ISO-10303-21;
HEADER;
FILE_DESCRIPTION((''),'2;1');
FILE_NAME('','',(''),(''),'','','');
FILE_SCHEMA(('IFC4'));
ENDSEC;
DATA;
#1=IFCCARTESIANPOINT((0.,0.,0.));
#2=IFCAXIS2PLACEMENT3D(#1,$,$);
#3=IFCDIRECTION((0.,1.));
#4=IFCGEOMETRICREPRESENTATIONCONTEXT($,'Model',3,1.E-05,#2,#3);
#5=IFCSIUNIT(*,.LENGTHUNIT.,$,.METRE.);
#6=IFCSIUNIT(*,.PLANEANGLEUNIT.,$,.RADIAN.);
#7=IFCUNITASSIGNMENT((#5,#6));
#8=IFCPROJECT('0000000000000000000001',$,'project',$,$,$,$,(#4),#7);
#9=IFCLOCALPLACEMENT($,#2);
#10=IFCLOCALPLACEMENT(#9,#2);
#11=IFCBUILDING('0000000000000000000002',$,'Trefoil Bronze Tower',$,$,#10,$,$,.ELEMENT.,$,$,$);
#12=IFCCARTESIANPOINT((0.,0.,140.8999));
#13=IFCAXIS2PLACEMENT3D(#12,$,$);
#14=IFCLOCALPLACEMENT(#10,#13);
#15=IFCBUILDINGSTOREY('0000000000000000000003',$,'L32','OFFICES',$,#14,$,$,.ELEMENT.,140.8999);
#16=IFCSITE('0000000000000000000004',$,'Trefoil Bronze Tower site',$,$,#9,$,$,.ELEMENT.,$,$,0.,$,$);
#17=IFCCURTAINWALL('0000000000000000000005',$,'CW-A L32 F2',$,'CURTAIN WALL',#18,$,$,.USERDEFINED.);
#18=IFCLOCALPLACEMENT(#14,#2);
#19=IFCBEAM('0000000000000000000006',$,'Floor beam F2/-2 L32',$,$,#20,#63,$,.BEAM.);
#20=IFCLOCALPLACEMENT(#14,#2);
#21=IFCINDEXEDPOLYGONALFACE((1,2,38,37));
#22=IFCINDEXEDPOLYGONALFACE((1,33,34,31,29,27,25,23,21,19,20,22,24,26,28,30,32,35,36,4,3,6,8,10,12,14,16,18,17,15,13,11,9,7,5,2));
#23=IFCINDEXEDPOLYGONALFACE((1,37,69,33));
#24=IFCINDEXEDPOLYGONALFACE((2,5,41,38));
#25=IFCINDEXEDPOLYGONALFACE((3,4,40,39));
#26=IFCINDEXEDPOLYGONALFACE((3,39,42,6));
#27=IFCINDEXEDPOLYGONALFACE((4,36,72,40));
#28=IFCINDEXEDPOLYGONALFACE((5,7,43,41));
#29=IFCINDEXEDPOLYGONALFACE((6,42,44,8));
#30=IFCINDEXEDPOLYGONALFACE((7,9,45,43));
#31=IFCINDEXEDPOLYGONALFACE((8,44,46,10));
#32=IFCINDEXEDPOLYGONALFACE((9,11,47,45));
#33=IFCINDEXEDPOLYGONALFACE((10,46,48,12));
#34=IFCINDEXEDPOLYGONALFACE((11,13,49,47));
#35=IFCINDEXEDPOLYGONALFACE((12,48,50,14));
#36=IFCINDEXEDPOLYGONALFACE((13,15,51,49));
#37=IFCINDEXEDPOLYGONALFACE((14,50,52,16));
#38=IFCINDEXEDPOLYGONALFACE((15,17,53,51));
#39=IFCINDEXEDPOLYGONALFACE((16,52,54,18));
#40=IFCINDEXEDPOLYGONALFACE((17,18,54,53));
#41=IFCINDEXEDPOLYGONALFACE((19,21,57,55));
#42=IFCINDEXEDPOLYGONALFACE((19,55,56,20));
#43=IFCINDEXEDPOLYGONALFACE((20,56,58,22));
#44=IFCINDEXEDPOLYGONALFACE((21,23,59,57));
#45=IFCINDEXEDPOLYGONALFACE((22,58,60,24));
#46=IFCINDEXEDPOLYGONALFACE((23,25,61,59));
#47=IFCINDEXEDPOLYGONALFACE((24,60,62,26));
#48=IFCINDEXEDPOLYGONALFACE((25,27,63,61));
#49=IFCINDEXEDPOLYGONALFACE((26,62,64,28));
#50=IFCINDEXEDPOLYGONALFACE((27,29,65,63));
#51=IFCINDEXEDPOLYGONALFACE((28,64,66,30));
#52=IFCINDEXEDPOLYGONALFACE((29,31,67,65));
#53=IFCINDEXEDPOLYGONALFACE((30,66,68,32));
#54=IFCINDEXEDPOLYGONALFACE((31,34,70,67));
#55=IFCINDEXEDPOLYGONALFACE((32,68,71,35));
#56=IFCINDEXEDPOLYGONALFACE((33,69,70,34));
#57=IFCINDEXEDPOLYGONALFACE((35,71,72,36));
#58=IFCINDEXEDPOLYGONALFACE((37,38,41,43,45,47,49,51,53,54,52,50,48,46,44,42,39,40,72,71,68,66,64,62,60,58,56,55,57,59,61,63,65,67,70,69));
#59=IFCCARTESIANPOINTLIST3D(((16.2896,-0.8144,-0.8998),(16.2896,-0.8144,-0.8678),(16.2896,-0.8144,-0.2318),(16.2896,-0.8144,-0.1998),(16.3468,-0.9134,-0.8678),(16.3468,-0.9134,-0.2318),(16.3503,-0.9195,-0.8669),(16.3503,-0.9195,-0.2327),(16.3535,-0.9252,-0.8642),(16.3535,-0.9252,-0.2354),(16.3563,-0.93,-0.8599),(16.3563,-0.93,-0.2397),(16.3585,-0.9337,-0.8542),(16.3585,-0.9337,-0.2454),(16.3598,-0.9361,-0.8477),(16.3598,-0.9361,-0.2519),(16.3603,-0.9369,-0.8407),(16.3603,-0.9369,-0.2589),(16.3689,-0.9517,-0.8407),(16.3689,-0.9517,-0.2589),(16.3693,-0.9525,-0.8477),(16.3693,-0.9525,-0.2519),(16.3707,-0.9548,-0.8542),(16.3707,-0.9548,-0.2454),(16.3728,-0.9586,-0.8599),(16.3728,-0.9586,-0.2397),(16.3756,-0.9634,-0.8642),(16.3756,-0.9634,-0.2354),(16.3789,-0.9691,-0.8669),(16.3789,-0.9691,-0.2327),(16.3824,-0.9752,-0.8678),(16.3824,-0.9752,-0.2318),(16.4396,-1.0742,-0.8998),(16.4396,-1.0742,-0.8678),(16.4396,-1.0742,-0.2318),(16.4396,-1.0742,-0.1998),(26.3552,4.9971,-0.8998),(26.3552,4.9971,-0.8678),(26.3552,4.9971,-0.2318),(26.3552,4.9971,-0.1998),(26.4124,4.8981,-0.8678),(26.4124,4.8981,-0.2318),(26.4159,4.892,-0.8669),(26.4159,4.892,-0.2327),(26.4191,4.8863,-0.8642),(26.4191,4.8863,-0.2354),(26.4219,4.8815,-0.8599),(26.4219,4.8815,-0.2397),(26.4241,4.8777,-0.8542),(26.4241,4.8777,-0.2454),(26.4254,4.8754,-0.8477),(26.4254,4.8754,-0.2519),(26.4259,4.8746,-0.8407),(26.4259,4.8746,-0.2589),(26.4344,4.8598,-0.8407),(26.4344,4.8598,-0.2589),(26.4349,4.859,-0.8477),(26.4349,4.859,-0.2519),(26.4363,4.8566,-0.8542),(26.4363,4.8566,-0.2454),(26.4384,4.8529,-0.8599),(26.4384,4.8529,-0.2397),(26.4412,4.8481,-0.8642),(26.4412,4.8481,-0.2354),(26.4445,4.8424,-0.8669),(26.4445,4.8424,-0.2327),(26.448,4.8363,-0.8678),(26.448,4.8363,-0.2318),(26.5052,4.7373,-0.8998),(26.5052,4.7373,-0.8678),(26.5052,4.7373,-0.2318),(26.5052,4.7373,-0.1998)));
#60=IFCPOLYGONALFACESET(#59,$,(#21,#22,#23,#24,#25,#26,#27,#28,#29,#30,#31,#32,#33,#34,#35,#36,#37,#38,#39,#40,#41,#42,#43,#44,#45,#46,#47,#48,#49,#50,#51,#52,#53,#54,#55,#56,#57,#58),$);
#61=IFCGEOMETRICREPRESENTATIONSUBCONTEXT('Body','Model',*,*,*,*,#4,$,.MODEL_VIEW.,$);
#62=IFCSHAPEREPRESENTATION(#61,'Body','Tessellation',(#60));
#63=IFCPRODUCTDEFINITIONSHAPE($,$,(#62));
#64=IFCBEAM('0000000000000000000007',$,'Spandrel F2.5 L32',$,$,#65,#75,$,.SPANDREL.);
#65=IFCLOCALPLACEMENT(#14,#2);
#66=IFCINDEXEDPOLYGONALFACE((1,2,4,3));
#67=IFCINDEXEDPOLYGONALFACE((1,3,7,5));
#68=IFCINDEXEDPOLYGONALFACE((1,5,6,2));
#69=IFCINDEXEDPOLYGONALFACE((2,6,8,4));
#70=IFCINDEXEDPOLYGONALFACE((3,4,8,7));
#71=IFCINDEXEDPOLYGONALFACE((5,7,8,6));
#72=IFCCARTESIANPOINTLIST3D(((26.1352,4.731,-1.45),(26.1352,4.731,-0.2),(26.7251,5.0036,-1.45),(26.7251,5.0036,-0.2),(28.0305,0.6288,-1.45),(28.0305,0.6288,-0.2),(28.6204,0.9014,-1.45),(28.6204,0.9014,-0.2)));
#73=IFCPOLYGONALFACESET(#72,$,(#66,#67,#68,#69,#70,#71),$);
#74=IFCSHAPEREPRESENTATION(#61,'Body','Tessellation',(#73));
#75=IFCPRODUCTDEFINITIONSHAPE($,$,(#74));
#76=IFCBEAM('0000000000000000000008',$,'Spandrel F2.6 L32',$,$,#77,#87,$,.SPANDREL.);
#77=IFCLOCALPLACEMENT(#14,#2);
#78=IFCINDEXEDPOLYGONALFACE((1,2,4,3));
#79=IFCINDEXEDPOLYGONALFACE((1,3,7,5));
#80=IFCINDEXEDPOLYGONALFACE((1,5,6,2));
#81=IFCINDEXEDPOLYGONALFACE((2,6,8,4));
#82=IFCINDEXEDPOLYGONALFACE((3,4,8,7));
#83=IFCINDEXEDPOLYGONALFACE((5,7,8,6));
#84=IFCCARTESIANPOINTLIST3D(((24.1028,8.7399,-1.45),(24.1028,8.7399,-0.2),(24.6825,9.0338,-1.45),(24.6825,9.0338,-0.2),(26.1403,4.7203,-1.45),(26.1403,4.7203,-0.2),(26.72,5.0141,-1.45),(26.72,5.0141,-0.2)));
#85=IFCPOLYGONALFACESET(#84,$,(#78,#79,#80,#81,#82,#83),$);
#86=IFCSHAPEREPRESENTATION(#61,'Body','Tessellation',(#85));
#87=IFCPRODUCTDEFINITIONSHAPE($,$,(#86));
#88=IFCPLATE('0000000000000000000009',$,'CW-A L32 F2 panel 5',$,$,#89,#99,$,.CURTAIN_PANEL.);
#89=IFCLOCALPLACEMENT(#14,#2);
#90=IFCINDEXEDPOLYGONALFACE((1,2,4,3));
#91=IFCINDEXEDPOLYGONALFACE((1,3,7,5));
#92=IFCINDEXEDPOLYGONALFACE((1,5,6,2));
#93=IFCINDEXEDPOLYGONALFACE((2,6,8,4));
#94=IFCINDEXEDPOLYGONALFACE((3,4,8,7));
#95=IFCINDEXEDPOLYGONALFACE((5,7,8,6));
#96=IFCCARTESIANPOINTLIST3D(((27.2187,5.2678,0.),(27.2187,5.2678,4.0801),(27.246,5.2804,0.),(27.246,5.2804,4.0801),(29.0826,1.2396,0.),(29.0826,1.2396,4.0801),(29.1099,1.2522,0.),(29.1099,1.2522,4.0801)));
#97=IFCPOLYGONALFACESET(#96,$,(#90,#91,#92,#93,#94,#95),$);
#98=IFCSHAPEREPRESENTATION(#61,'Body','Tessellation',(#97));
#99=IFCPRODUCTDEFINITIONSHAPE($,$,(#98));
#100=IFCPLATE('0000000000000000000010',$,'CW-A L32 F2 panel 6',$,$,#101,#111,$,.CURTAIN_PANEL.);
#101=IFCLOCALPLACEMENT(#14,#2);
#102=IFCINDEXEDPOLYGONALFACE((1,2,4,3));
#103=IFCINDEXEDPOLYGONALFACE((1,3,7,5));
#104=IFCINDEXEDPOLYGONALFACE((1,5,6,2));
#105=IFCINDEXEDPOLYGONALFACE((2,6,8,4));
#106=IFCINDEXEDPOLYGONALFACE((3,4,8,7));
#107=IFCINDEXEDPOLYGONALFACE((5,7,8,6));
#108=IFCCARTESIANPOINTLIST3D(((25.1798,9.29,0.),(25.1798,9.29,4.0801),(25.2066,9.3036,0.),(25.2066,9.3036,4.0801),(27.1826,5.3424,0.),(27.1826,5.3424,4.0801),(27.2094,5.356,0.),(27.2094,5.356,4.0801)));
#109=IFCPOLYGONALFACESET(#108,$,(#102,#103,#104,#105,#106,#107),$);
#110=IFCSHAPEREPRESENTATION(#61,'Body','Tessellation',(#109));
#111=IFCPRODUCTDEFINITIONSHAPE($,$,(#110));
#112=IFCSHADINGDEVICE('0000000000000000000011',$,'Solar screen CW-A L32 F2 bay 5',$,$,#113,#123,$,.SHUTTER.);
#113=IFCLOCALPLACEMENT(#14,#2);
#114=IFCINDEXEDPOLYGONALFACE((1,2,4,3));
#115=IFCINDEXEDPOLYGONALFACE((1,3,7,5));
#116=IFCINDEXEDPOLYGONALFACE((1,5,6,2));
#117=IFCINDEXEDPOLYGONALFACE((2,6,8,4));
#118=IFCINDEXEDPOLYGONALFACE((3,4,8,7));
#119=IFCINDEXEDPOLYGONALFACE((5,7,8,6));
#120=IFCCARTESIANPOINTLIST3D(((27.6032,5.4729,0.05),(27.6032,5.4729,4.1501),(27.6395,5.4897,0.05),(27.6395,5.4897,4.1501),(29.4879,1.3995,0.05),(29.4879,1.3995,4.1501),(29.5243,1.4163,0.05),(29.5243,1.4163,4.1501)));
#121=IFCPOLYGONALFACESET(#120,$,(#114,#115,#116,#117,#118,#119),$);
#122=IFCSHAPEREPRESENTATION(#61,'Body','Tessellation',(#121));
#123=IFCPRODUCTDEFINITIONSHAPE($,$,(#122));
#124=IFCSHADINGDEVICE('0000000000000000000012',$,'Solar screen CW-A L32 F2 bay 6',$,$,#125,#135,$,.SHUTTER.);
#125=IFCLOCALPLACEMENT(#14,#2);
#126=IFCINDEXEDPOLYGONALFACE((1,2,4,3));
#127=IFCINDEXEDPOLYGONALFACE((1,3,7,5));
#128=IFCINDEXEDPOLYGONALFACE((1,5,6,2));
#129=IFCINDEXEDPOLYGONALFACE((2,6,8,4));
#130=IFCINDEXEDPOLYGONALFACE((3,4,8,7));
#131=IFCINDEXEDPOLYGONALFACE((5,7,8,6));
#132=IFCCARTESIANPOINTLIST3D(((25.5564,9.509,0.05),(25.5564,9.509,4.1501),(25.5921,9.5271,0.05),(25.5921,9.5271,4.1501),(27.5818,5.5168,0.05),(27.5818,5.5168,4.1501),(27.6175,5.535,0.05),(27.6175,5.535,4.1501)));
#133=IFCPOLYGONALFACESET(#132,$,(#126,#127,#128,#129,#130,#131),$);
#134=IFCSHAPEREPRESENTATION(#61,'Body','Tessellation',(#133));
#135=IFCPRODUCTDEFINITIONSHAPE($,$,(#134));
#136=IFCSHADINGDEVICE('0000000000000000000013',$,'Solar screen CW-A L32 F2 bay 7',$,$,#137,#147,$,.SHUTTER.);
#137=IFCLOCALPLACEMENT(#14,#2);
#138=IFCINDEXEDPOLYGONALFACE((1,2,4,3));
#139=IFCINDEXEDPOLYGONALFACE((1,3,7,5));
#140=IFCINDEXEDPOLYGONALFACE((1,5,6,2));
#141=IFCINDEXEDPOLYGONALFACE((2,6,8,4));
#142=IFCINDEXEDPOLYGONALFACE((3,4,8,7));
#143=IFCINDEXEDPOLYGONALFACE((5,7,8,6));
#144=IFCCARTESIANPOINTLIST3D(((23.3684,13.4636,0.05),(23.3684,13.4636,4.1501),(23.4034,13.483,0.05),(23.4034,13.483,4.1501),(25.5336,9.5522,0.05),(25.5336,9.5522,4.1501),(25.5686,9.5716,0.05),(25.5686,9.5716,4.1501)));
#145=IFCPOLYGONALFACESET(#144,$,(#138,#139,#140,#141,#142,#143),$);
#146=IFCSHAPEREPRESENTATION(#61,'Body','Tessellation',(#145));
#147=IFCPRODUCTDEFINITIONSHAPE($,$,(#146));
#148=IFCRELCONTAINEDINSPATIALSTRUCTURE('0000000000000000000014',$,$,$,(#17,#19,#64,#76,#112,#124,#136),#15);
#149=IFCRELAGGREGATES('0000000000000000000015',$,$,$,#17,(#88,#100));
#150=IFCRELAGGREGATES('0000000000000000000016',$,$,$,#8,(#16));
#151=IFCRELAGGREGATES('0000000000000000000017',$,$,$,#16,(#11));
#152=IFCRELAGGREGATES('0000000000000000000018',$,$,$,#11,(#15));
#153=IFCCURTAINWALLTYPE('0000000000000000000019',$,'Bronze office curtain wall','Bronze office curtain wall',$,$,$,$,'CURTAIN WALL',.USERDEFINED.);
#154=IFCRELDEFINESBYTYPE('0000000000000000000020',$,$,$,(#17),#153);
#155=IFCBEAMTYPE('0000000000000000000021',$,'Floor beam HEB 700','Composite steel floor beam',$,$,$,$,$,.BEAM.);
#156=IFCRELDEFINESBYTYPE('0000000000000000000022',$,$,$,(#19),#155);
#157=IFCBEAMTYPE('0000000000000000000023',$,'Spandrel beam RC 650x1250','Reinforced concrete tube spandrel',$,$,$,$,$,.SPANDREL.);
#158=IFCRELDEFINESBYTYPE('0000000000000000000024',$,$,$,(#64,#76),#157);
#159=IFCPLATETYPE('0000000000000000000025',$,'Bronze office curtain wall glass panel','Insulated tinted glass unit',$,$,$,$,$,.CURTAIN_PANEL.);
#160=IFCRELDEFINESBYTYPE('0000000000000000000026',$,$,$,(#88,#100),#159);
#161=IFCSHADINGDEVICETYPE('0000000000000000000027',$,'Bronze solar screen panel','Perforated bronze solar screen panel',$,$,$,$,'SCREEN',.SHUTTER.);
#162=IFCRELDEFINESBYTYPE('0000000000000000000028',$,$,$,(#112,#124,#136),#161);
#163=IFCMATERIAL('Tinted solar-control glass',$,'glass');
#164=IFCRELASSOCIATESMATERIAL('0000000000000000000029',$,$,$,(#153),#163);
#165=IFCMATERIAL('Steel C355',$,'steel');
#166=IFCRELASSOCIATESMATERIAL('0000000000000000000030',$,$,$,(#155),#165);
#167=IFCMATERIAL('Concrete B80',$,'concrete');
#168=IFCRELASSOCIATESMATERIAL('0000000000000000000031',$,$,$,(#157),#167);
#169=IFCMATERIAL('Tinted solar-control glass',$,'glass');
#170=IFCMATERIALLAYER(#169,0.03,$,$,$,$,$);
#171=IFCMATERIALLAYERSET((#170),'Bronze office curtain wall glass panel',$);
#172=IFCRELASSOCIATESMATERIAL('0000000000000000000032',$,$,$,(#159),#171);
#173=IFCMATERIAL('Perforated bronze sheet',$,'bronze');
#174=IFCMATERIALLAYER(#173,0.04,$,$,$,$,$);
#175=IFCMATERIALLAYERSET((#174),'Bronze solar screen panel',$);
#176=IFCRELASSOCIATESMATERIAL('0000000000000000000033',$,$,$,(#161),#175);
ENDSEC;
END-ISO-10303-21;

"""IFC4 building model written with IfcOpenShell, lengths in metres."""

from ifc_helpers import new_model, si_unit, direction, frame, origin, origin_2d, place, context, subcontext, project, spatial, rectangle, i_section, extrude, material, layer, layer_set, material_profile, profile_set, type_object, element, aggregate, save


model = new_model("IFC4")

# Units and contexts
model_context = context("Model", 3, precision=1e-05, world=origin(), true_north=direction((0.0, 1.0)))
body_context = subcontext(model_context, "Body", "Model", "MODEL_VIEW")
ifc_project = project(units=[si_unit("LENGTHUNIT", "METRE"), si_unit("PLANEANGLEUNIT", "RADIAN")], contexts=[model_context])

# Site, building, storey
site_placement = place(None, origin())
site = spatial("IfcSite", under=ifc_project, at=site_placement, Name="Trefoil Bronze Tower site", CompositionType="ELEMENT", RefElevation=0.0)
building_placement = place(site_placement, origin())
building = spatial("IfcBuilding", under=site, at=building_placement, Name="Trefoil Bronze Tower", CompositionType="ELEMENT")
storey_placement = place(building_placement, frame((0.0, 0.0, 140.8999)))
storey = spatial("IfcBuildingStorey", under=building, at=storey_placement, Name="L32", Description="OFFICES", CompositionType="ELEMENT", Elevation=140.8999)

# Curtain wall
ifc_material_1 = material(Name="Tinted solar-control glass", Category="glass")
curtain_wall_type = type_object("IfcCurtainWallType", Name="Bronze office curtain wall", Description="Bronze office curtain wall", ElementType="CURTAIN WALL", PredefinedType="USERDEFINED", material=ifc_material_1)
curtain_wall_placement = place(storey_placement, origin())
curtain_wall = element("IfcCurtainWall", 1, at=curtain_wall_placement, inside=storey, type_object=curtain_wall_type, Name="CW-A L32 F2", ObjectType="CURTAIN WALL", PredefinedType="USERDEFINED")

# Beams
ifc_material_2 = material(Name="Steel C355", Category="steel")
ifc_material_profile_1 = material_profile(ifc_material_2, i_section(OverallWidth=0.3, OverallDepth=0.7, WebThickness=0.0171, FlangeThickness=0.032, FilletRadius=0.0271, at=origin_2d()), Name="HEB 700")
ifc_profile_set_1 = profile_set([ifc_material_profile_1], Name="Steel C355")
beam_type_1 = type_object("IfcBeamType", Name="Floor beam HEB 700", Description="Composite steel floor beam", PredefinedType="BEAM", material=ifc_profile_set_1)
beam_1_placement = place(storey_placement, frame((26.4302, 4.8672, -0.5498), z_axis=(-0.866022, -0.500007, 0.0), x_axis=(0.500007, -0.866022, 0.0)))
element("IfcBeam", 2, at=beam_1_placement, inside=storey, type_object=beam_type_1, Name="Floor beam F2/-2 L32", PredefinedType="BEAM", context=body_context, shape_type="SweptSolid", body=[
    extrude(i_section(OverallWidth=0.3, OverallDepth=0.7, WebThickness=0.0171, FlangeThickness=0.032, FilletRadius=0.0271, at=origin_2d()), origin(), (0.0, 0.0, 1.0), 11.6228),
])
ifc_material_3 = material(Name="Concrete B80", Category="concrete")
ifc_material_profile_2 = material_profile(ifc_material_3, rectangle(XDim=0.6499, YDim=1.25, at=origin_2d()), Name="RC 650x1250")
ifc_profile_set_2 = profile_set([ifc_material_profile_2], Name="Concrete B80")
beam_type_2 = type_object("IfcBeamType", Name="Spandrel beam RC 650x1250", Description="Reinforced concrete tube spandrel", PredefinedType="SPANDREL", material=ifc_profile_set_2)
beam_2_placement = place(storey_placement, frame((28.3254, 0.7651, -0.825), z_axis=(-0.419425, 0.90779, 0.0), x_axis=(-0.90779, -0.419425, 0.0)))
element("IfcBeam", 3, at=beam_2_placement, inside=storey, type_object=beam_type_2, Name="Spandrel F2.5 L32", PredefinedType="SPANDREL", context=body_context, shape_type="SweptSolid", body=[
    extrude(rectangle(XDim=0.6499, YDim=1.25, at=origin_2d()), origin(), (0.0, 0.0, 1.0), 4.5188),
])
beam_3_placement = place(storey_placement, frame((26.4302, 4.8672, -0.825), z_axis=(-0.452126, 0.891954, 0.0), x_axis=(-0.891954, -0.452126, 0.0)))
element("IfcBeam", 4, at=beam_3_placement, inside=storey, type_object=beam_type_2, Name="Spandrel F2.6 L32", PredefinedType="SPANDREL", context=body_context, shape_type="SweptSolid", body=[
    extrude(rectangle(XDim=0.6499, YDim=1.25, at=origin_2d()), origin(), (0.0, 0.0, 1.0), 4.5066),
])

# Plates
ifc_material_4 = material(Name="Tinted solar-control glass", Category="glass")
ifc_layer_1 = layer(ifc_material_4, 0.03)
ifc_layer_set_1 = layer_set([ifc_layer_1], Name="Bronze office curtain wall glass panel")
plate_type = type_object("IfcPlateType", Name="Bronze office curtain wall glass panel", Description="Insulated tinted glass unit", PredefinedType="CURTAIN_PANEL", material=ifc_layer_set_1)
plate_1_placement = place(storey_placement, frame((28.1643, 3.26, 0.0), z_axis=(0.0, 0.0, 1.0), x_axis=(-0.419933, 0.907555, 0.0)))
plate_1 = element("IfcPlate", 5, at=plate_1_placement, type_object=plate_type, Name="CW-A L32 F2 panel 5", PredefinedType="CURTAIN_PANEL", context=body_context, shape_type="SweptSolid", body=[
    extrude(rectangle(XDim=4.4385, YDim=0.03, at=origin_2d()), origin(), (0.0, 0.0, 1.0), 4.0801),
])
plate_2_placement = place(storey_placement, frame((26.1946, 7.323, 0.0), z_axis=(0.0, 0.0, 1.0), x_axis=(-0.452449, 0.89179, 0.0)))
plate_2 = element("IfcPlate", 6, at=plate_2_placement, type_object=plate_type, Name="CW-A L32 F2 panel 6", PredefinedType="CURTAIN_PANEL", context=body_context, shape_type="SweptSolid", body=[
    extrude(rectangle(XDim=4.4265, YDim=0.03, at=origin_2d()), origin(), (0.0, 0.0, 1.0), 4.0801),
])
aggregate(curtain_wall, [plate_1, plate_2])

# Shading devices
ifc_material_5 = material(Name="Perforated bronze sheet", Category="bronze")
ifc_layer_2 = layer(ifc_material_5, 0.04)
ifc_layer_set_2 = layer_set([ifc_layer_2], Name="Bronze solar screen panel")
shading_device_type = type_object("IfcShadingDeviceType", Name="Bronze solar screen panel", Description="Perforated bronze solar screen panel", ElementType="SCREEN", PredefinedType="SHUTTER", material=ifc_layer_set_2)
shading_device_1_placement = place(storey_placement, frame((28.5637, 3.4446, 0.05), z_axis=(0.0, 0.0, 1.0), x_axis=(-0.419933, 0.907555, 0.0)))
element("IfcShadingDevice", 7, at=shading_device_1_placement, inside=storey, type_object=shading_device_type, Name="Solar screen CW-A L32 F2 bay 5", PredefinedType="SHUTTER", context=body_context, shape_type="SweptSolid", body=[
    extrude(rectangle(XDim=4.4883, YDim=0.04, at=origin_2d()), origin(), (0.0, 0.0, 1.0), 4.1001),
])
shading_device_2_placement = place(storey_placement, frame((26.5869, 7.522, 0.05), z_axis=(0.0, 0.0, 1.0), x_axis=(-0.452449, 0.89179, 0.0)))
element("IfcShadingDevice", 8, at=shading_device_2_placement, inside=storey, type_object=shading_device_type, Name="Solar screen CW-A L32 F2 bay 6", PredefinedType="SHUTTER", context=body_context, shape_type="SweptSolid", body=[
    extrude(rectangle(XDim=4.4766, YDim=0.04, at=origin_2d()), origin(), (0.0, 0.0, 1.0), 4.1001),
])
shading_device_3_placement = place(storey_placement, frame((24.4685, 11.5176, 0.05), z_axis=(0.0, 0.0, 1.0), x_axis=(-0.484312, 0.874895, 0.0)))
element("IfcShadingDevice", 9, at=shading_device_3_placement, inside=storey, type_object=shading_device_type, Name="Solar screen CW-A L32 F2 bay 7", PredefinedType="SHUTTER", context=body_context, shape_type="SweptSolid", body=[
    extrude(rectangle(XDim=4.4707, YDim=0.04, at=origin_2d()), origin(), (0.0, 0.0, 1.0), 4.1001),
])

save(model, "model.ifc")
